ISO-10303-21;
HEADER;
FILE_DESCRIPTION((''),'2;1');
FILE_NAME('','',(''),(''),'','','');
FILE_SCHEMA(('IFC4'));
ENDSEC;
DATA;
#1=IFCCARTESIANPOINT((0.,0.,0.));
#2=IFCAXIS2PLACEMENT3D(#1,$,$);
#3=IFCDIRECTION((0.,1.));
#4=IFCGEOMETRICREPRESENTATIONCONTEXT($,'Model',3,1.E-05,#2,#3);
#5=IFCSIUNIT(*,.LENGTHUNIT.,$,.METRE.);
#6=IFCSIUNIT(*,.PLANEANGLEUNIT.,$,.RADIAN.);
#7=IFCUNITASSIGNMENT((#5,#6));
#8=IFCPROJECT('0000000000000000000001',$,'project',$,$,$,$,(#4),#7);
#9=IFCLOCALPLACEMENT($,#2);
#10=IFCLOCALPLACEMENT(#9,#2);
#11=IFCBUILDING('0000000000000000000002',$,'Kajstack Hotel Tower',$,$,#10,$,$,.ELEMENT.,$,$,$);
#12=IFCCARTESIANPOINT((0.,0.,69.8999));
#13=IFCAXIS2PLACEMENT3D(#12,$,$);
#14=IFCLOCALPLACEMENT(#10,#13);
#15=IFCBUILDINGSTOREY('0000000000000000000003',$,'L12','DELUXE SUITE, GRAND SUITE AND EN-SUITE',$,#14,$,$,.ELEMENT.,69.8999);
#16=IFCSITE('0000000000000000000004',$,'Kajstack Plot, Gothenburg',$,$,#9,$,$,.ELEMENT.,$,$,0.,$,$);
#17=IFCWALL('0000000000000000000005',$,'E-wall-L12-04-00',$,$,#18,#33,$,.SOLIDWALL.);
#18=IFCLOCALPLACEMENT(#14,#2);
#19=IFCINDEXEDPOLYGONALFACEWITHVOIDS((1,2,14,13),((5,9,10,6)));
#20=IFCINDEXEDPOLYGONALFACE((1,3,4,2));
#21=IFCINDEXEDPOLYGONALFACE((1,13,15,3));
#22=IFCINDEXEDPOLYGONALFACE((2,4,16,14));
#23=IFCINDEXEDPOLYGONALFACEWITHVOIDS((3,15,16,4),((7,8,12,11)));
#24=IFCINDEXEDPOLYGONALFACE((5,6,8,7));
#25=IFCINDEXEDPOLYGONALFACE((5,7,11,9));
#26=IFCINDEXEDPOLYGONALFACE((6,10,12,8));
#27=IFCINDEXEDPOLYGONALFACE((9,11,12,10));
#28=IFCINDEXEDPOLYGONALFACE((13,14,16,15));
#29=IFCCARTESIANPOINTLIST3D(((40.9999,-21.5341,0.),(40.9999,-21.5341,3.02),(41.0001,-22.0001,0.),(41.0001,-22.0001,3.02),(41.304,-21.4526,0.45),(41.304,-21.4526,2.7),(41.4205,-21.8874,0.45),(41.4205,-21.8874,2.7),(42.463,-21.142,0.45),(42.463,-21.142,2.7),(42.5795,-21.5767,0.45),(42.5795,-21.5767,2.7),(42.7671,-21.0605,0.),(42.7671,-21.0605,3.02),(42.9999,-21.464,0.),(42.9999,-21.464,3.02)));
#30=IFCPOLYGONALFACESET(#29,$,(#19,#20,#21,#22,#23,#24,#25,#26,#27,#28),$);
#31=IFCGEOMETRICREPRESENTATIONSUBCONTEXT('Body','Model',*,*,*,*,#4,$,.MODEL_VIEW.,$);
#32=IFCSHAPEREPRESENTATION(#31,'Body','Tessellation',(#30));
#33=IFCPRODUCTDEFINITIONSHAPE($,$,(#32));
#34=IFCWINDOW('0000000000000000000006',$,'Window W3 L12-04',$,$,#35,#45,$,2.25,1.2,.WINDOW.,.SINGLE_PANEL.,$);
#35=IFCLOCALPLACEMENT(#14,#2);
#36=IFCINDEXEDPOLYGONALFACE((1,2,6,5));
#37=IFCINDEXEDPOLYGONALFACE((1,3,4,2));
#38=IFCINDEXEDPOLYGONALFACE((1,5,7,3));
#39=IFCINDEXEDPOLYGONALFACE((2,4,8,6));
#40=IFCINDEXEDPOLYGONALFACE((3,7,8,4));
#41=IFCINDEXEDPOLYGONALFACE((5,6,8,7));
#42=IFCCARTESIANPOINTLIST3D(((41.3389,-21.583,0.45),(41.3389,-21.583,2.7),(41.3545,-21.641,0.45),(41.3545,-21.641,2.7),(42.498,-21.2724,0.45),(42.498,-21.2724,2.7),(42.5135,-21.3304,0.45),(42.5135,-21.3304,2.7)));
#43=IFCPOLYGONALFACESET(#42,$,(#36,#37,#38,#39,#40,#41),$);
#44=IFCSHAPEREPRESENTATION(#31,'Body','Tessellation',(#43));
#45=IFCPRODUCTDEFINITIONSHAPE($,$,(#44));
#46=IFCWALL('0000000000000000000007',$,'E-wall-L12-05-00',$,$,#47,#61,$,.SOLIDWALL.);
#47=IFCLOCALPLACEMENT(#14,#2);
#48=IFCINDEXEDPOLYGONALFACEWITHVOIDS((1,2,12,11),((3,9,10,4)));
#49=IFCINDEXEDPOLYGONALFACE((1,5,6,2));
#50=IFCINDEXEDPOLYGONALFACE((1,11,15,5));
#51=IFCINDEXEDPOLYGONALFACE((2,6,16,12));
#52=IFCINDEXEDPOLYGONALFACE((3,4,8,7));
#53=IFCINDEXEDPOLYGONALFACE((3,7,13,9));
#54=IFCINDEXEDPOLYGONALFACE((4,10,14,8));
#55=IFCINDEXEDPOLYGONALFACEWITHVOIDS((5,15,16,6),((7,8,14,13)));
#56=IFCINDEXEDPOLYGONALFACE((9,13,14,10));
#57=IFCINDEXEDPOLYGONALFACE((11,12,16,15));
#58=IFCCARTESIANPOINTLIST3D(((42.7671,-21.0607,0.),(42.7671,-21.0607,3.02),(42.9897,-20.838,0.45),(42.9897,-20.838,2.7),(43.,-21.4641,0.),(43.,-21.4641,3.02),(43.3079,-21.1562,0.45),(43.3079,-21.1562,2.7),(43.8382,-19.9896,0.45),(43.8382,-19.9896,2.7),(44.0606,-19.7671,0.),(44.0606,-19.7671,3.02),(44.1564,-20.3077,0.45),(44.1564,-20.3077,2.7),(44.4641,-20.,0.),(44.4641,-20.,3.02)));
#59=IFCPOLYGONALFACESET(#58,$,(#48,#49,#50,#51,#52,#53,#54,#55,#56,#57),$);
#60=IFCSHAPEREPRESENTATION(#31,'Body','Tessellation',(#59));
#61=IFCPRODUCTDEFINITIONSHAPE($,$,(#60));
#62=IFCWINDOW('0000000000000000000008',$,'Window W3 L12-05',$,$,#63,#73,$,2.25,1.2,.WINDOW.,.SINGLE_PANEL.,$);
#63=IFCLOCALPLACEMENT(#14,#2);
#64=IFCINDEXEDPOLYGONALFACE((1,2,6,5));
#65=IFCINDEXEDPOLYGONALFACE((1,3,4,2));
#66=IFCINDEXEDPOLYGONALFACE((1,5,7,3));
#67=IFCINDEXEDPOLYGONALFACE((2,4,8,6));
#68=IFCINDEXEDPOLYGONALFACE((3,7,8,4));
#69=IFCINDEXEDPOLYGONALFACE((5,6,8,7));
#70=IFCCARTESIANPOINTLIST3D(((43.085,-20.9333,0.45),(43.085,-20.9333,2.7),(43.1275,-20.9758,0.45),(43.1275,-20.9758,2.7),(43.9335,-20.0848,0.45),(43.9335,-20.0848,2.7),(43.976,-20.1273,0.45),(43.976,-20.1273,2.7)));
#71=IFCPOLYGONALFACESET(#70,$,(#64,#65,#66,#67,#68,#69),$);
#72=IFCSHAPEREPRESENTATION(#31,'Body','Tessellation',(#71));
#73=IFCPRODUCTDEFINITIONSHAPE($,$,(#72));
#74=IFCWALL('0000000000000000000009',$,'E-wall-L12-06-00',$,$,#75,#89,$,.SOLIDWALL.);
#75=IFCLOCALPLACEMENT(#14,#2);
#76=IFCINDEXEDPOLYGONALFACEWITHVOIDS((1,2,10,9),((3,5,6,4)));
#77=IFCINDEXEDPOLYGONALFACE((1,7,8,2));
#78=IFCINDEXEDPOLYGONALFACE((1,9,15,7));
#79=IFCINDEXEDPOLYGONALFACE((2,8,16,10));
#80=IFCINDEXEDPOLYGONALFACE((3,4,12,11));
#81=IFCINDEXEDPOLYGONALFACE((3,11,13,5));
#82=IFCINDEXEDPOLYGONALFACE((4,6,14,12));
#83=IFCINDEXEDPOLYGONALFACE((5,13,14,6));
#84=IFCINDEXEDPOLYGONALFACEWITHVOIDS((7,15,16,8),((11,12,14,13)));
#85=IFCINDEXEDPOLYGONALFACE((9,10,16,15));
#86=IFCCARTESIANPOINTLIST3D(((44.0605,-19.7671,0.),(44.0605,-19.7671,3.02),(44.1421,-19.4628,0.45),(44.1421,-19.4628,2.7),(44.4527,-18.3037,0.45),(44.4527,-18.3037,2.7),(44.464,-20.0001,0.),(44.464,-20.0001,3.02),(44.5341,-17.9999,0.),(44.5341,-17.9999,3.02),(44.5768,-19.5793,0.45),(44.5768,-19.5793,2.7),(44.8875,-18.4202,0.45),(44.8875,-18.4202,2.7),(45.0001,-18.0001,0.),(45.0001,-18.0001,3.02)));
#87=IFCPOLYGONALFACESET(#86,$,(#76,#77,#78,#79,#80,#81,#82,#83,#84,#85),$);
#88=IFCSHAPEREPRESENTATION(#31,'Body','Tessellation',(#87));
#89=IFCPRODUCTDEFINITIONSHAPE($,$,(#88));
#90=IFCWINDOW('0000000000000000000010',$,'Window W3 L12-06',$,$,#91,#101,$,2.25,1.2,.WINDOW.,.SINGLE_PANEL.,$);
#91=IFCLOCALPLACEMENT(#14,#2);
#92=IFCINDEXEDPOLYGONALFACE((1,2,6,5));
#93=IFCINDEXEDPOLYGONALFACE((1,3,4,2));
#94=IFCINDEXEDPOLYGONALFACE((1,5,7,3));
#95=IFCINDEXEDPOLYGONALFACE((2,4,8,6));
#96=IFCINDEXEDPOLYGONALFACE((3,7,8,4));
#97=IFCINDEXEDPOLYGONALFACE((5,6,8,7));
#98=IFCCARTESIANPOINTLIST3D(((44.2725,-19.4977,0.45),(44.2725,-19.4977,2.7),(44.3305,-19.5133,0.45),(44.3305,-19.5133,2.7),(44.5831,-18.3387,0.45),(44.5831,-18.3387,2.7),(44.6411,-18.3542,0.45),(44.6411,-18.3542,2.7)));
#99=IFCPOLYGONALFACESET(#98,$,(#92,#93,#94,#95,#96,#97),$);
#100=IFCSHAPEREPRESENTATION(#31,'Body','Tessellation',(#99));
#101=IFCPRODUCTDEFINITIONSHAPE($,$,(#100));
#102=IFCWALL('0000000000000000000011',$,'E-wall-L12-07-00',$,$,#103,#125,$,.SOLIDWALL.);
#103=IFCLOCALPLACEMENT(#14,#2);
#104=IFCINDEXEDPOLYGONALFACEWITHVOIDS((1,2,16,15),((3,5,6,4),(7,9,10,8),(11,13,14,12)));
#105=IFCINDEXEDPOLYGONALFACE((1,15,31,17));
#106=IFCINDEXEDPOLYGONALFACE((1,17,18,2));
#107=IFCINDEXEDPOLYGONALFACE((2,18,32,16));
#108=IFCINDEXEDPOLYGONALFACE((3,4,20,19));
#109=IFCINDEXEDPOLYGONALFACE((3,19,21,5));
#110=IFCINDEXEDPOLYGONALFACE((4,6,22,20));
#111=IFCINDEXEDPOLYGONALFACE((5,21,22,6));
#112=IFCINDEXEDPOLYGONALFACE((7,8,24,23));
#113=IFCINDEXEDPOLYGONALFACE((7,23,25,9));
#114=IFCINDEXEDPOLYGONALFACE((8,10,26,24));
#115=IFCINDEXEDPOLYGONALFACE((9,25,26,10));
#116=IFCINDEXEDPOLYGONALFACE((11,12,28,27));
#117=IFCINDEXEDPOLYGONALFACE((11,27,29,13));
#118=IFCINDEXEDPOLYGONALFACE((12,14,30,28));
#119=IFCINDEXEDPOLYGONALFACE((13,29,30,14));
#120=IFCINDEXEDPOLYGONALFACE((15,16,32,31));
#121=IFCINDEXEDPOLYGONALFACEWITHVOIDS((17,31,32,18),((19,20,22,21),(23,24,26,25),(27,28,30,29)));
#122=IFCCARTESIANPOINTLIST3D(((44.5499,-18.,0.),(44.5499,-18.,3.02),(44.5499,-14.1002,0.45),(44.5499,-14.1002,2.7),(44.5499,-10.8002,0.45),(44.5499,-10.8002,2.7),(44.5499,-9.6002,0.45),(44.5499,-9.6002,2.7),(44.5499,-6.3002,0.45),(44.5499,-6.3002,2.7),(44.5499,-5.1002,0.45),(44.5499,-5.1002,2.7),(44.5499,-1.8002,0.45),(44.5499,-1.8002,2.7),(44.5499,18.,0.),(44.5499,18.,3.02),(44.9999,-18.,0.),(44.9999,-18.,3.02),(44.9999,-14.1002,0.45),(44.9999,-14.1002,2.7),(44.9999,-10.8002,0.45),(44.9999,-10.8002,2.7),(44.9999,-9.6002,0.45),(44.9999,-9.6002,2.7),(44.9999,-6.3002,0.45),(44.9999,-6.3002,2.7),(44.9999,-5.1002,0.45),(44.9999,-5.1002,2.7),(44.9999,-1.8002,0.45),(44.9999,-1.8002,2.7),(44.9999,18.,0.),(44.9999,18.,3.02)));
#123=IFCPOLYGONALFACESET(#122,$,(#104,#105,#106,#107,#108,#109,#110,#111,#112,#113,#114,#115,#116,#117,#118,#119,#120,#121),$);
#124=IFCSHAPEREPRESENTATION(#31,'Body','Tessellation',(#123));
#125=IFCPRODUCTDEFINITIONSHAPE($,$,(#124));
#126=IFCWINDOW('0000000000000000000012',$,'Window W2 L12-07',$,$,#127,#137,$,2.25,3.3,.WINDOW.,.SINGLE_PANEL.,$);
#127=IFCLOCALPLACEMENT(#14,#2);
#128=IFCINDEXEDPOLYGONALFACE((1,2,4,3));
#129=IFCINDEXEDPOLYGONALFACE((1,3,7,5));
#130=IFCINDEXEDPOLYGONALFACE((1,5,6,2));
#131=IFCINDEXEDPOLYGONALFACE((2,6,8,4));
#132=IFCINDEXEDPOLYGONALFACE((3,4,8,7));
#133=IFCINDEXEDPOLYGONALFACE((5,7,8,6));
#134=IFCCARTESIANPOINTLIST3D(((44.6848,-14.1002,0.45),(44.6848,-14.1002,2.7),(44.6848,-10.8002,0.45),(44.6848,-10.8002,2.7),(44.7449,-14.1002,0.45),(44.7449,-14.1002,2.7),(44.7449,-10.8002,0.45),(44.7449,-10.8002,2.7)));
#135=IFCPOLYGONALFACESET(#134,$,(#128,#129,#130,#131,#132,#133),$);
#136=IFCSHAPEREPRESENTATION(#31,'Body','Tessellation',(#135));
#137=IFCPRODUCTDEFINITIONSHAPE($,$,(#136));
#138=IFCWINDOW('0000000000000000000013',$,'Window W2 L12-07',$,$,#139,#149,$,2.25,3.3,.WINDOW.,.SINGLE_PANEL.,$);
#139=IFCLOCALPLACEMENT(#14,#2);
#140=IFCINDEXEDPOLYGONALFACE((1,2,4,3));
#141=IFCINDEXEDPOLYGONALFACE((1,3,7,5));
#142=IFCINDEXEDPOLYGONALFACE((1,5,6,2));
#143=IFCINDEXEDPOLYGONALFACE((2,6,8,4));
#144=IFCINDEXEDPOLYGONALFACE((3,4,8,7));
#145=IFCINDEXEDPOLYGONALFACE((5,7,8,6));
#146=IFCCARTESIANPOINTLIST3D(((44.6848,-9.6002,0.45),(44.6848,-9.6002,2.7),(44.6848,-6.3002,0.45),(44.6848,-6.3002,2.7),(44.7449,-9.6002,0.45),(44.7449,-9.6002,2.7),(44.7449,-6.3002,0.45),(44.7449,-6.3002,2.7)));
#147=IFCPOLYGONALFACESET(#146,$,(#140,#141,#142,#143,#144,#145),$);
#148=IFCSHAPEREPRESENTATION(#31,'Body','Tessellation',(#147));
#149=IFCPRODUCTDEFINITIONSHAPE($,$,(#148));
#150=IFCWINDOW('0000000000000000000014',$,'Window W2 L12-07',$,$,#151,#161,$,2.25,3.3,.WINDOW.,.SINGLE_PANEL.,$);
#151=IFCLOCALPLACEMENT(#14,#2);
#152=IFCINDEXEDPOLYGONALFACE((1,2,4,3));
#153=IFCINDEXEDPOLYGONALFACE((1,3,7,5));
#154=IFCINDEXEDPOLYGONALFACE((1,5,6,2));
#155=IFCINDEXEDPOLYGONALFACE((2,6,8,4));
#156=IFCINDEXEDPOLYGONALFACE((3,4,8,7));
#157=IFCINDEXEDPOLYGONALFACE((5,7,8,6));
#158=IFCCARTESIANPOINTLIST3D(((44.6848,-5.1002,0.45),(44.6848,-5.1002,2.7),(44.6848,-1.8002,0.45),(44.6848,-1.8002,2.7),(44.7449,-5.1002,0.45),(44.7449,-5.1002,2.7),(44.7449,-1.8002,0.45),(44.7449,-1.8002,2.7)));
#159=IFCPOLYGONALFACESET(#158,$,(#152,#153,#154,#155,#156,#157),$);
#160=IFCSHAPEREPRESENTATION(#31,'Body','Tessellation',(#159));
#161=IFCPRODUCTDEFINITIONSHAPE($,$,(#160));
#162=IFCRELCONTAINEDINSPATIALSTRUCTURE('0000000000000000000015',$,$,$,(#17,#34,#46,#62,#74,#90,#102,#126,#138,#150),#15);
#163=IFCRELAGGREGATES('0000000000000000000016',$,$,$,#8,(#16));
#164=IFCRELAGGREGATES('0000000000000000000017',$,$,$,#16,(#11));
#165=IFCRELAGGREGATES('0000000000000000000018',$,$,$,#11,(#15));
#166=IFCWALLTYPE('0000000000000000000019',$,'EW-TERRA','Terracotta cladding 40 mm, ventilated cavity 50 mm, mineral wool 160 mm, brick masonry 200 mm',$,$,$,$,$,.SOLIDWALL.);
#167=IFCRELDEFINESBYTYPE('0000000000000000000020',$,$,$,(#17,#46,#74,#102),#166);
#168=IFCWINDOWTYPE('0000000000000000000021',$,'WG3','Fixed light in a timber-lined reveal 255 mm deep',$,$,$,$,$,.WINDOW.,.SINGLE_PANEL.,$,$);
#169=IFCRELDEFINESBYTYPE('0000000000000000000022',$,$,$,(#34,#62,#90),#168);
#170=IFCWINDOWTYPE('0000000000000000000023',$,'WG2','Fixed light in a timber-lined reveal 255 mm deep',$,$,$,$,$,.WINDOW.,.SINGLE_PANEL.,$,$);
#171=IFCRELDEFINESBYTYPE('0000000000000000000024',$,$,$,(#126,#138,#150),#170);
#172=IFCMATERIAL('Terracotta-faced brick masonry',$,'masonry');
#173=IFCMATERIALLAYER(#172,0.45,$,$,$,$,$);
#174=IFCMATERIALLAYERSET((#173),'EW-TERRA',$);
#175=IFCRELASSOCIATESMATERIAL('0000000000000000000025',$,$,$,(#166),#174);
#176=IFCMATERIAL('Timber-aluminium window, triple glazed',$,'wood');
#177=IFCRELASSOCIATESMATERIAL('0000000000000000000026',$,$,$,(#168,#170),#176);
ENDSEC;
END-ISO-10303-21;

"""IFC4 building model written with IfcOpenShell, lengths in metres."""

from ifc_helpers import new_model, si_unit, direction, frame, frame_2d, origin, place, context, subcontext, project, spatial, polyline, rectangle, outline, extrude, material, layer, layer_set, type_object, element, fill, save


model = new_model("IFC4")

# Units and contexts
model_context = context("Model", 3, precision=1e-05, world=origin(), true_north=direction((0.0, 1.0)))
body_context = subcontext(model_context, "Body", "Model", "MODEL_VIEW")
ifc_project = project(units=[si_unit("LENGTHUNIT", "METRE"), si_unit("PLANEANGLEUNIT", "RADIAN")], contexts=[model_context])

# Site, building, storey
site_placement = place(None, origin())
site = spatial("IfcSite", under=ifc_project, at=site_placement, Name="Kajstack Plot, Gothenburg", CompositionType="ELEMENT", RefElevation=0.0)
building_placement = place(site_placement, origin())
building = spatial("IfcBuilding", under=site, at=building_placement, Name="Kajstack Hotel Tower", CompositionType="ELEMENT")
storey_placement = place(building_placement, frame((0.0, 0.0, 69.8999)))
storey = spatial("IfcBuildingStorey", under=building, at=storey_placement, Name="L12", Description="DELUXE SUITE, GRAND SUITE AND EN-SUITE", CompositionType="ELEMENT", Elevation=69.8999)

# Walls, openings, windows
ifc_material_1 = material(Name="Terracotta-faced brick masonry", Category="masonry")
ifc_layer_1 = layer(ifc_material_1, 0.45)
ifc_layer_set_1 = layer_set([ifc_layer_1], Name="EW-TERRA")
wall_type_1 = type_object("IfcWallType", Name="EW-TERRA", Description="Terracotta cladding 40 mm, ventilated cavity 50 mm, mineral wool 160 mm, brick masonry 200 mm", PredefinedType="SOLIDWALL", material=ifc_layer_set_1)
wall_1_placement = place(storey_placement, frame((40.9417, -21.7827, 0.0), z_axis=(0.0, 0.0, 1.0), x_axis=(0.965927, 0.258815, 0.0)))
wall_1 = element("IfcWall", 1, at=wall_1_placement, inside=storey, type_object=wall_type_1, Name="E-wall-L12-04-00", PredefinedType="SOLIDWALL", context=body_context, shape_type="SweptSolid", body=[
    extrude(outline(polyline([(0.0002, -0.2251), (2.0706, -0.2249), (1.9502, 0.2251), (0.1206, 0.2251), (0.0002, -0.2251)])), origin(), (0.0, 0.0, 1.0), 3.02),
])
opening_1_placement = place(wall_1_placement, frame((0.4353, 0.0, 0.45)))
opening_1 = element("IfcOpeningElement", 2, at=opening_1_placement, cuts=wall_1, PredefinedType="OPENING", context=body_context, shape_type="SweptSolid", body=[
    extrude(rectangle(XDim=1.2, YDim=2.25, at=frame_2d((0.6001, 1.125))), frame((0.0, 0.2349, 0.0), z_axis=(0.0, -1.0, 0.0), x_axis=(1.0, 0.0, 0.0)), (0.0, 0.0, 1.0), 0.47),
])
ifc_material_2 = material(Name="Timber-aluminium window, triple glazed", Category="wood")
window_type_1 = type_object("IfcWindowType", Name="WG3", Description="Fixed light in a timber-lined reveal 255 mm deep", PartitioningType="SINGLE_PANEL", PredefinedType="WINDOW", material=ifc_material_2)
window_1_placement = place(opening_1_placement, origin())
window_1 = element("IfcWindow", 3, at=window_1_placement, inside=storey, type_object=window_type_1, Name="Window W3 L12-04", OverallHeight=2.25, OverallWidth=1.2, PartitioningType="SINGLE_PANEL", PredefinedType="WINDOW", context=body_context, shape_type="SweptSolid", body=[
    extrude(rectangle(XDim=1.2, YDim=2.25, at=frame_2d((0.6001, 1.125))), frame((0.0, 0.0901, 0.0), z_axis=(0.0, -1.0, 0.0), x_axis=(1.0, 0.0, 0.0)), (0.0, 0.0, 1.0), 0.0601),
])
fill(opening_1, window_1)
wall_2_placement = place(storey_placement, frame((42.8408, -21.3049, 0.0), z_axis=(0.0, 0.0, 1.0), x_axis=(0.707107, 0.707107, 0.0)))
wall_2 = element("IfcWall", 4, at=wall_2_placement, inside=storey, type_object=wall_type_1, Name="E-wall-L12-05-00", PredefinedType="SOLIDWALL", context=body_context, shape_type="SweptSolid", body=[
    extrude(outline(polyline([(0.0, -0.2251), (2.0706, -0.2251), (1.95, 0.2249), (0.1206, 0.2249), (0.0, -0.2251)])), origin(), (0.0, 0.0, 1.0), 3.02),
])
opening_2_placement = place(wall_2_placement, frame((0.4353, 0.0, 0.45)))
opening_2 = element("IfcOpeningElement", 5, at=opening_2_placement, cuts=wall_2, PredefinedType="OPENING", context=body_context, shape_type="SweptSolid", body=[
    extrude(rectangle(XDim=1.2, YDim=2.25, at=frame_2d((0.6001, 1.125))), frame((0.0, 0.2349, 0.0), z_axis=(0.0, -1.0, 0.0), x_axis=(1.0, 0.0, 0.0)), (0.0, 0.0, 1.0), 0.47),
])
window_2_placement = place(opening_2_placement, origin())
window_2 = element("IfcWindow", 6, at=window_2_placement, inside=storey, type_object=window_type_1, Name="Window W3 L12-05", OverallHeight=2.25, OverallWidth=1.2, PartitioningType="SINGLE_PANEL", PredefinedType="WINDOW", context=body_context, shape_type="SweptSolid", body=[
    extrude(rectangle(XDim=1.2, YDim=2.25, at=frame_2d((0.6001, 1.125))), frame((0.0, 0.0901, 0.0), z_axis=(0.0, -1.0, 0.0), x_axis=(1.0, 0.0, 0.0)), (0.0, 0.0, 1.0), 0.0601),
])
fill(opening_2, window_2)
wall_3_placement = place(storey_placement, frame((44.2468, -19.9417, 0.0), z_axis=(0.0, 0.0, 1.0), x_axis=(0.258815, 0.965927, 0.0)))
wall_3 = element("IfcWall", 7, at=wall_3_placement, inside=storey, type_object=wall_type_1, Name="E-wall-L12-06-00", PredefinedType="SOLIDWALL", context=body_context, shape_type="SweptSolid", body=[
    extrude(outline(polyline([(-0.0002, -0.2249), (2.0703, -0.2251), (1.95, 0.2251), (0.1204, 0.2251), (-0.0002, -0.2249)])), origin(), (0.0, 0.0, 1.0), 3.02),
])
opening_3_placement = place(wall_3_placement, frame((0.4353, 0.0, 0.45)))
opening_3 = element("IfcOpeningElement", 8, at=opening_3_placement, cuts=wall_3, PredefinedType="OPENING", context=body_context, shape_type="SweptSolid", body=[
    extrude(rectangle(XDim=1.2, YDim=2.25, at=frame_2d((0.6001, 1.125))), frame((0.0, 0.2349, 0.0), z_axis=(0.0, -1.0, 0.0), x_axis=(1.0, 0.0, 0.0)), (0.0, 0.0, 1.0), 0.47),
])
window_3_placement = place(opening_3_placement, origin())
window_3 = element("IfcWindow", 9, at=window_3_placement, inside=storey, type_object=window_type_1, Name="Window W3 L12-06", OverallHeight=2.25, OverallWidth=1.2, PartitioningType="SINGLE_PANEL", PredefinedType="WINDOW", context=body_context, shape_type="SweptSolid", body=[
    extrude(rectangle(XDim=1.2, YDim=2.25, at=frame_2d((0.6001, 1.125))), frame((0.0, 0.0901, 0.0), z_axis=(0.0, -1.0, 0.0), x_axis=(1.0, 0.0, 0.0)), (0.0, 0.0, 1.0), 0.0601),
])
fill(opening_3, window_3)

# Wall, openings, windows
wall_4_placement = place(storey_placement, frame((44.7749, -18.0, 0.0), z_axis=(0.0, 0.0, 1.0), x_axis=(0.0, 1.0, 0.0)))
wall_4 = element("IfcWall", 10, at=wall_4_placement, inside=storey, type_object=wall_type_1, Name="E-wall-L12-07-00", PredefinedType="SOLIDWALL", context=body_context, shape_type="SweptSolid", body=[
    extrude(rectangle(XDim=36.0, YDim=0.45, at=frame_2d((18.0, 0.0))), origin(), (0.0, 0.0, 1.0), 3.02),
])
opening_4_placement = place(wall_4_placement, frame((3.8999, 0.0, 0.45)))
opening_4 = element("IfcOpeningElement", 11, at=opening_4_placement, cuts=wall_4, PredefinedType="OPENING", context=body_context, shape_type="SweptSolid", body=[
    extrude(rectangle(XDim=3.3, YDim=2.25, at=frame_2d((1.6499, 1.125))), frame((0.0, 0.2349, 0.0), z_axis=(0.0, -1.0, 0.0), x_axis=(1.0, 0.0, 0.0)), (0.0, 0.0, 1.0), 0.47),
])
opening_5_placement = place(wall_4_placement, frame((8.3999, 0.0, 0.45)))
opening_5 = element("IfcOpeningElement", 12, at=opening_5_placement, cuts=wall_4, PredefinedType="OPENING", context=body_context, shape_type="SweptSolid", body=[
    extrude(rectangle(XDim=3.3, YDim=2.25, at=frame_2d((1.6499, 1.125))), frame((0.0, 0.2349, 0.0), z_axis=(0.0, -1.0, 0.0), x_axis=(1.0, 0.0, 0.0)), (0.0, 0.0, 1.0), 0.47),
])
opening_6_placement = place(wall_4_placement, frame((12.8999, 0.0, 0.45)))
opening_6 = element("IfcOpeningElement", 13, at=opening_6_placement, cuts=wall_4, PredefinedType="OPENING", context=body_context, shape_type="SweptSolid", body=[
    extrude(rectangle(XDim=3.3, YDim=2.25, at=frame_2d((1.6499, 1.125))), frame((0.0, 0.2349, 0.0), z_axis=(0.0, -1.0, 0.0), x_axis=(1.0, 0.0, 0.0)), (0.0, 0.0, 1.0), 0.47),
])
window_type_2 = type_object("IfcWindowType", Name="WG2", Description="Fixed light in a timber-lined reveal 255 mm deep", PartitioningType="SINGLE_PANEL", PredefinedType="WINDOW", material=ifc_material_2)
window_4_placement = place(opening_4_placement, origin())
window_4 = element("IfcWindow", 14, at=window_4_placement, inside=storey, type_object=window_type_2, Name="Window W2 L12-07", OverallHeight=2.25, OverallWidth=3.3, PartitioningType="SINGLE_PANEL", PredefinedType="WINDOW", context=body_context, shape_type="SweptSolid", body=[
    extrude(rectangle(XDim=3.3, YDim=2.25, at=frame_2d((1.6499, 1.125))), frame((0.0, 0.0901, 0.0), z_axis=(0.0, -1.0, 0.0), x_axis=(1.0, 0.0, 0.0)), (0.0, 0.0, 1.0), 0.0601),
])
fill(opening_4, window_4)
window_5_placement = place(opening_5_placement, origin())
window_5 = element("IfcWindow", 15, at=window_5_placement, inside=storey, type_object=window_type_2, Name="Window W2 L12-07", OverallHeight=2.25, OverallWidth=3.3, PartitioningType="SINGLE_PANEL", PredefinedType="WINDOW", context=body_context, shape_type="SweptSolid", body=[
    extrude(rectangle(XDim=3.3, YDim=2.25, at=frame_2d((1.6499, 1.125))), frame((0.0, 0.0901, 0.0), z_axis=(0.0, -1.0, 0.0), x_axis=(1.0, 0.0, 0.0)), (0.0, 0.0, 1.0), 0.0601),
])
fill(opening_5, window_5)
window_6_placement = place(opening_6_placement, origin())
window_6 = element("IfcWindow", 16, at=window_6_placement, inside=storey, type_object=window_type_2, Name="Window W2 L12-07", OverallHeight=2.25, OverallWidth=3.3, PartitioningType="SINGLE_PANEL", PredefinedType="WINDOW", context=body_context, shape_type="SweptSolid", body=[
    extrude(rectangle(XDim=3.3, YDim=2.25, at=frame_2d((1.6499, 1.125))), frame((0.0, 0.0901, 0.0), z_axis=(0.0, -1.0, 0.0), x_axis=(1.0, 0.0, 0.0)), (0.0, 0.0, 1.0), 0.0601),
])
fill(opening_6, window_6)

save(model, "model.ifc")
